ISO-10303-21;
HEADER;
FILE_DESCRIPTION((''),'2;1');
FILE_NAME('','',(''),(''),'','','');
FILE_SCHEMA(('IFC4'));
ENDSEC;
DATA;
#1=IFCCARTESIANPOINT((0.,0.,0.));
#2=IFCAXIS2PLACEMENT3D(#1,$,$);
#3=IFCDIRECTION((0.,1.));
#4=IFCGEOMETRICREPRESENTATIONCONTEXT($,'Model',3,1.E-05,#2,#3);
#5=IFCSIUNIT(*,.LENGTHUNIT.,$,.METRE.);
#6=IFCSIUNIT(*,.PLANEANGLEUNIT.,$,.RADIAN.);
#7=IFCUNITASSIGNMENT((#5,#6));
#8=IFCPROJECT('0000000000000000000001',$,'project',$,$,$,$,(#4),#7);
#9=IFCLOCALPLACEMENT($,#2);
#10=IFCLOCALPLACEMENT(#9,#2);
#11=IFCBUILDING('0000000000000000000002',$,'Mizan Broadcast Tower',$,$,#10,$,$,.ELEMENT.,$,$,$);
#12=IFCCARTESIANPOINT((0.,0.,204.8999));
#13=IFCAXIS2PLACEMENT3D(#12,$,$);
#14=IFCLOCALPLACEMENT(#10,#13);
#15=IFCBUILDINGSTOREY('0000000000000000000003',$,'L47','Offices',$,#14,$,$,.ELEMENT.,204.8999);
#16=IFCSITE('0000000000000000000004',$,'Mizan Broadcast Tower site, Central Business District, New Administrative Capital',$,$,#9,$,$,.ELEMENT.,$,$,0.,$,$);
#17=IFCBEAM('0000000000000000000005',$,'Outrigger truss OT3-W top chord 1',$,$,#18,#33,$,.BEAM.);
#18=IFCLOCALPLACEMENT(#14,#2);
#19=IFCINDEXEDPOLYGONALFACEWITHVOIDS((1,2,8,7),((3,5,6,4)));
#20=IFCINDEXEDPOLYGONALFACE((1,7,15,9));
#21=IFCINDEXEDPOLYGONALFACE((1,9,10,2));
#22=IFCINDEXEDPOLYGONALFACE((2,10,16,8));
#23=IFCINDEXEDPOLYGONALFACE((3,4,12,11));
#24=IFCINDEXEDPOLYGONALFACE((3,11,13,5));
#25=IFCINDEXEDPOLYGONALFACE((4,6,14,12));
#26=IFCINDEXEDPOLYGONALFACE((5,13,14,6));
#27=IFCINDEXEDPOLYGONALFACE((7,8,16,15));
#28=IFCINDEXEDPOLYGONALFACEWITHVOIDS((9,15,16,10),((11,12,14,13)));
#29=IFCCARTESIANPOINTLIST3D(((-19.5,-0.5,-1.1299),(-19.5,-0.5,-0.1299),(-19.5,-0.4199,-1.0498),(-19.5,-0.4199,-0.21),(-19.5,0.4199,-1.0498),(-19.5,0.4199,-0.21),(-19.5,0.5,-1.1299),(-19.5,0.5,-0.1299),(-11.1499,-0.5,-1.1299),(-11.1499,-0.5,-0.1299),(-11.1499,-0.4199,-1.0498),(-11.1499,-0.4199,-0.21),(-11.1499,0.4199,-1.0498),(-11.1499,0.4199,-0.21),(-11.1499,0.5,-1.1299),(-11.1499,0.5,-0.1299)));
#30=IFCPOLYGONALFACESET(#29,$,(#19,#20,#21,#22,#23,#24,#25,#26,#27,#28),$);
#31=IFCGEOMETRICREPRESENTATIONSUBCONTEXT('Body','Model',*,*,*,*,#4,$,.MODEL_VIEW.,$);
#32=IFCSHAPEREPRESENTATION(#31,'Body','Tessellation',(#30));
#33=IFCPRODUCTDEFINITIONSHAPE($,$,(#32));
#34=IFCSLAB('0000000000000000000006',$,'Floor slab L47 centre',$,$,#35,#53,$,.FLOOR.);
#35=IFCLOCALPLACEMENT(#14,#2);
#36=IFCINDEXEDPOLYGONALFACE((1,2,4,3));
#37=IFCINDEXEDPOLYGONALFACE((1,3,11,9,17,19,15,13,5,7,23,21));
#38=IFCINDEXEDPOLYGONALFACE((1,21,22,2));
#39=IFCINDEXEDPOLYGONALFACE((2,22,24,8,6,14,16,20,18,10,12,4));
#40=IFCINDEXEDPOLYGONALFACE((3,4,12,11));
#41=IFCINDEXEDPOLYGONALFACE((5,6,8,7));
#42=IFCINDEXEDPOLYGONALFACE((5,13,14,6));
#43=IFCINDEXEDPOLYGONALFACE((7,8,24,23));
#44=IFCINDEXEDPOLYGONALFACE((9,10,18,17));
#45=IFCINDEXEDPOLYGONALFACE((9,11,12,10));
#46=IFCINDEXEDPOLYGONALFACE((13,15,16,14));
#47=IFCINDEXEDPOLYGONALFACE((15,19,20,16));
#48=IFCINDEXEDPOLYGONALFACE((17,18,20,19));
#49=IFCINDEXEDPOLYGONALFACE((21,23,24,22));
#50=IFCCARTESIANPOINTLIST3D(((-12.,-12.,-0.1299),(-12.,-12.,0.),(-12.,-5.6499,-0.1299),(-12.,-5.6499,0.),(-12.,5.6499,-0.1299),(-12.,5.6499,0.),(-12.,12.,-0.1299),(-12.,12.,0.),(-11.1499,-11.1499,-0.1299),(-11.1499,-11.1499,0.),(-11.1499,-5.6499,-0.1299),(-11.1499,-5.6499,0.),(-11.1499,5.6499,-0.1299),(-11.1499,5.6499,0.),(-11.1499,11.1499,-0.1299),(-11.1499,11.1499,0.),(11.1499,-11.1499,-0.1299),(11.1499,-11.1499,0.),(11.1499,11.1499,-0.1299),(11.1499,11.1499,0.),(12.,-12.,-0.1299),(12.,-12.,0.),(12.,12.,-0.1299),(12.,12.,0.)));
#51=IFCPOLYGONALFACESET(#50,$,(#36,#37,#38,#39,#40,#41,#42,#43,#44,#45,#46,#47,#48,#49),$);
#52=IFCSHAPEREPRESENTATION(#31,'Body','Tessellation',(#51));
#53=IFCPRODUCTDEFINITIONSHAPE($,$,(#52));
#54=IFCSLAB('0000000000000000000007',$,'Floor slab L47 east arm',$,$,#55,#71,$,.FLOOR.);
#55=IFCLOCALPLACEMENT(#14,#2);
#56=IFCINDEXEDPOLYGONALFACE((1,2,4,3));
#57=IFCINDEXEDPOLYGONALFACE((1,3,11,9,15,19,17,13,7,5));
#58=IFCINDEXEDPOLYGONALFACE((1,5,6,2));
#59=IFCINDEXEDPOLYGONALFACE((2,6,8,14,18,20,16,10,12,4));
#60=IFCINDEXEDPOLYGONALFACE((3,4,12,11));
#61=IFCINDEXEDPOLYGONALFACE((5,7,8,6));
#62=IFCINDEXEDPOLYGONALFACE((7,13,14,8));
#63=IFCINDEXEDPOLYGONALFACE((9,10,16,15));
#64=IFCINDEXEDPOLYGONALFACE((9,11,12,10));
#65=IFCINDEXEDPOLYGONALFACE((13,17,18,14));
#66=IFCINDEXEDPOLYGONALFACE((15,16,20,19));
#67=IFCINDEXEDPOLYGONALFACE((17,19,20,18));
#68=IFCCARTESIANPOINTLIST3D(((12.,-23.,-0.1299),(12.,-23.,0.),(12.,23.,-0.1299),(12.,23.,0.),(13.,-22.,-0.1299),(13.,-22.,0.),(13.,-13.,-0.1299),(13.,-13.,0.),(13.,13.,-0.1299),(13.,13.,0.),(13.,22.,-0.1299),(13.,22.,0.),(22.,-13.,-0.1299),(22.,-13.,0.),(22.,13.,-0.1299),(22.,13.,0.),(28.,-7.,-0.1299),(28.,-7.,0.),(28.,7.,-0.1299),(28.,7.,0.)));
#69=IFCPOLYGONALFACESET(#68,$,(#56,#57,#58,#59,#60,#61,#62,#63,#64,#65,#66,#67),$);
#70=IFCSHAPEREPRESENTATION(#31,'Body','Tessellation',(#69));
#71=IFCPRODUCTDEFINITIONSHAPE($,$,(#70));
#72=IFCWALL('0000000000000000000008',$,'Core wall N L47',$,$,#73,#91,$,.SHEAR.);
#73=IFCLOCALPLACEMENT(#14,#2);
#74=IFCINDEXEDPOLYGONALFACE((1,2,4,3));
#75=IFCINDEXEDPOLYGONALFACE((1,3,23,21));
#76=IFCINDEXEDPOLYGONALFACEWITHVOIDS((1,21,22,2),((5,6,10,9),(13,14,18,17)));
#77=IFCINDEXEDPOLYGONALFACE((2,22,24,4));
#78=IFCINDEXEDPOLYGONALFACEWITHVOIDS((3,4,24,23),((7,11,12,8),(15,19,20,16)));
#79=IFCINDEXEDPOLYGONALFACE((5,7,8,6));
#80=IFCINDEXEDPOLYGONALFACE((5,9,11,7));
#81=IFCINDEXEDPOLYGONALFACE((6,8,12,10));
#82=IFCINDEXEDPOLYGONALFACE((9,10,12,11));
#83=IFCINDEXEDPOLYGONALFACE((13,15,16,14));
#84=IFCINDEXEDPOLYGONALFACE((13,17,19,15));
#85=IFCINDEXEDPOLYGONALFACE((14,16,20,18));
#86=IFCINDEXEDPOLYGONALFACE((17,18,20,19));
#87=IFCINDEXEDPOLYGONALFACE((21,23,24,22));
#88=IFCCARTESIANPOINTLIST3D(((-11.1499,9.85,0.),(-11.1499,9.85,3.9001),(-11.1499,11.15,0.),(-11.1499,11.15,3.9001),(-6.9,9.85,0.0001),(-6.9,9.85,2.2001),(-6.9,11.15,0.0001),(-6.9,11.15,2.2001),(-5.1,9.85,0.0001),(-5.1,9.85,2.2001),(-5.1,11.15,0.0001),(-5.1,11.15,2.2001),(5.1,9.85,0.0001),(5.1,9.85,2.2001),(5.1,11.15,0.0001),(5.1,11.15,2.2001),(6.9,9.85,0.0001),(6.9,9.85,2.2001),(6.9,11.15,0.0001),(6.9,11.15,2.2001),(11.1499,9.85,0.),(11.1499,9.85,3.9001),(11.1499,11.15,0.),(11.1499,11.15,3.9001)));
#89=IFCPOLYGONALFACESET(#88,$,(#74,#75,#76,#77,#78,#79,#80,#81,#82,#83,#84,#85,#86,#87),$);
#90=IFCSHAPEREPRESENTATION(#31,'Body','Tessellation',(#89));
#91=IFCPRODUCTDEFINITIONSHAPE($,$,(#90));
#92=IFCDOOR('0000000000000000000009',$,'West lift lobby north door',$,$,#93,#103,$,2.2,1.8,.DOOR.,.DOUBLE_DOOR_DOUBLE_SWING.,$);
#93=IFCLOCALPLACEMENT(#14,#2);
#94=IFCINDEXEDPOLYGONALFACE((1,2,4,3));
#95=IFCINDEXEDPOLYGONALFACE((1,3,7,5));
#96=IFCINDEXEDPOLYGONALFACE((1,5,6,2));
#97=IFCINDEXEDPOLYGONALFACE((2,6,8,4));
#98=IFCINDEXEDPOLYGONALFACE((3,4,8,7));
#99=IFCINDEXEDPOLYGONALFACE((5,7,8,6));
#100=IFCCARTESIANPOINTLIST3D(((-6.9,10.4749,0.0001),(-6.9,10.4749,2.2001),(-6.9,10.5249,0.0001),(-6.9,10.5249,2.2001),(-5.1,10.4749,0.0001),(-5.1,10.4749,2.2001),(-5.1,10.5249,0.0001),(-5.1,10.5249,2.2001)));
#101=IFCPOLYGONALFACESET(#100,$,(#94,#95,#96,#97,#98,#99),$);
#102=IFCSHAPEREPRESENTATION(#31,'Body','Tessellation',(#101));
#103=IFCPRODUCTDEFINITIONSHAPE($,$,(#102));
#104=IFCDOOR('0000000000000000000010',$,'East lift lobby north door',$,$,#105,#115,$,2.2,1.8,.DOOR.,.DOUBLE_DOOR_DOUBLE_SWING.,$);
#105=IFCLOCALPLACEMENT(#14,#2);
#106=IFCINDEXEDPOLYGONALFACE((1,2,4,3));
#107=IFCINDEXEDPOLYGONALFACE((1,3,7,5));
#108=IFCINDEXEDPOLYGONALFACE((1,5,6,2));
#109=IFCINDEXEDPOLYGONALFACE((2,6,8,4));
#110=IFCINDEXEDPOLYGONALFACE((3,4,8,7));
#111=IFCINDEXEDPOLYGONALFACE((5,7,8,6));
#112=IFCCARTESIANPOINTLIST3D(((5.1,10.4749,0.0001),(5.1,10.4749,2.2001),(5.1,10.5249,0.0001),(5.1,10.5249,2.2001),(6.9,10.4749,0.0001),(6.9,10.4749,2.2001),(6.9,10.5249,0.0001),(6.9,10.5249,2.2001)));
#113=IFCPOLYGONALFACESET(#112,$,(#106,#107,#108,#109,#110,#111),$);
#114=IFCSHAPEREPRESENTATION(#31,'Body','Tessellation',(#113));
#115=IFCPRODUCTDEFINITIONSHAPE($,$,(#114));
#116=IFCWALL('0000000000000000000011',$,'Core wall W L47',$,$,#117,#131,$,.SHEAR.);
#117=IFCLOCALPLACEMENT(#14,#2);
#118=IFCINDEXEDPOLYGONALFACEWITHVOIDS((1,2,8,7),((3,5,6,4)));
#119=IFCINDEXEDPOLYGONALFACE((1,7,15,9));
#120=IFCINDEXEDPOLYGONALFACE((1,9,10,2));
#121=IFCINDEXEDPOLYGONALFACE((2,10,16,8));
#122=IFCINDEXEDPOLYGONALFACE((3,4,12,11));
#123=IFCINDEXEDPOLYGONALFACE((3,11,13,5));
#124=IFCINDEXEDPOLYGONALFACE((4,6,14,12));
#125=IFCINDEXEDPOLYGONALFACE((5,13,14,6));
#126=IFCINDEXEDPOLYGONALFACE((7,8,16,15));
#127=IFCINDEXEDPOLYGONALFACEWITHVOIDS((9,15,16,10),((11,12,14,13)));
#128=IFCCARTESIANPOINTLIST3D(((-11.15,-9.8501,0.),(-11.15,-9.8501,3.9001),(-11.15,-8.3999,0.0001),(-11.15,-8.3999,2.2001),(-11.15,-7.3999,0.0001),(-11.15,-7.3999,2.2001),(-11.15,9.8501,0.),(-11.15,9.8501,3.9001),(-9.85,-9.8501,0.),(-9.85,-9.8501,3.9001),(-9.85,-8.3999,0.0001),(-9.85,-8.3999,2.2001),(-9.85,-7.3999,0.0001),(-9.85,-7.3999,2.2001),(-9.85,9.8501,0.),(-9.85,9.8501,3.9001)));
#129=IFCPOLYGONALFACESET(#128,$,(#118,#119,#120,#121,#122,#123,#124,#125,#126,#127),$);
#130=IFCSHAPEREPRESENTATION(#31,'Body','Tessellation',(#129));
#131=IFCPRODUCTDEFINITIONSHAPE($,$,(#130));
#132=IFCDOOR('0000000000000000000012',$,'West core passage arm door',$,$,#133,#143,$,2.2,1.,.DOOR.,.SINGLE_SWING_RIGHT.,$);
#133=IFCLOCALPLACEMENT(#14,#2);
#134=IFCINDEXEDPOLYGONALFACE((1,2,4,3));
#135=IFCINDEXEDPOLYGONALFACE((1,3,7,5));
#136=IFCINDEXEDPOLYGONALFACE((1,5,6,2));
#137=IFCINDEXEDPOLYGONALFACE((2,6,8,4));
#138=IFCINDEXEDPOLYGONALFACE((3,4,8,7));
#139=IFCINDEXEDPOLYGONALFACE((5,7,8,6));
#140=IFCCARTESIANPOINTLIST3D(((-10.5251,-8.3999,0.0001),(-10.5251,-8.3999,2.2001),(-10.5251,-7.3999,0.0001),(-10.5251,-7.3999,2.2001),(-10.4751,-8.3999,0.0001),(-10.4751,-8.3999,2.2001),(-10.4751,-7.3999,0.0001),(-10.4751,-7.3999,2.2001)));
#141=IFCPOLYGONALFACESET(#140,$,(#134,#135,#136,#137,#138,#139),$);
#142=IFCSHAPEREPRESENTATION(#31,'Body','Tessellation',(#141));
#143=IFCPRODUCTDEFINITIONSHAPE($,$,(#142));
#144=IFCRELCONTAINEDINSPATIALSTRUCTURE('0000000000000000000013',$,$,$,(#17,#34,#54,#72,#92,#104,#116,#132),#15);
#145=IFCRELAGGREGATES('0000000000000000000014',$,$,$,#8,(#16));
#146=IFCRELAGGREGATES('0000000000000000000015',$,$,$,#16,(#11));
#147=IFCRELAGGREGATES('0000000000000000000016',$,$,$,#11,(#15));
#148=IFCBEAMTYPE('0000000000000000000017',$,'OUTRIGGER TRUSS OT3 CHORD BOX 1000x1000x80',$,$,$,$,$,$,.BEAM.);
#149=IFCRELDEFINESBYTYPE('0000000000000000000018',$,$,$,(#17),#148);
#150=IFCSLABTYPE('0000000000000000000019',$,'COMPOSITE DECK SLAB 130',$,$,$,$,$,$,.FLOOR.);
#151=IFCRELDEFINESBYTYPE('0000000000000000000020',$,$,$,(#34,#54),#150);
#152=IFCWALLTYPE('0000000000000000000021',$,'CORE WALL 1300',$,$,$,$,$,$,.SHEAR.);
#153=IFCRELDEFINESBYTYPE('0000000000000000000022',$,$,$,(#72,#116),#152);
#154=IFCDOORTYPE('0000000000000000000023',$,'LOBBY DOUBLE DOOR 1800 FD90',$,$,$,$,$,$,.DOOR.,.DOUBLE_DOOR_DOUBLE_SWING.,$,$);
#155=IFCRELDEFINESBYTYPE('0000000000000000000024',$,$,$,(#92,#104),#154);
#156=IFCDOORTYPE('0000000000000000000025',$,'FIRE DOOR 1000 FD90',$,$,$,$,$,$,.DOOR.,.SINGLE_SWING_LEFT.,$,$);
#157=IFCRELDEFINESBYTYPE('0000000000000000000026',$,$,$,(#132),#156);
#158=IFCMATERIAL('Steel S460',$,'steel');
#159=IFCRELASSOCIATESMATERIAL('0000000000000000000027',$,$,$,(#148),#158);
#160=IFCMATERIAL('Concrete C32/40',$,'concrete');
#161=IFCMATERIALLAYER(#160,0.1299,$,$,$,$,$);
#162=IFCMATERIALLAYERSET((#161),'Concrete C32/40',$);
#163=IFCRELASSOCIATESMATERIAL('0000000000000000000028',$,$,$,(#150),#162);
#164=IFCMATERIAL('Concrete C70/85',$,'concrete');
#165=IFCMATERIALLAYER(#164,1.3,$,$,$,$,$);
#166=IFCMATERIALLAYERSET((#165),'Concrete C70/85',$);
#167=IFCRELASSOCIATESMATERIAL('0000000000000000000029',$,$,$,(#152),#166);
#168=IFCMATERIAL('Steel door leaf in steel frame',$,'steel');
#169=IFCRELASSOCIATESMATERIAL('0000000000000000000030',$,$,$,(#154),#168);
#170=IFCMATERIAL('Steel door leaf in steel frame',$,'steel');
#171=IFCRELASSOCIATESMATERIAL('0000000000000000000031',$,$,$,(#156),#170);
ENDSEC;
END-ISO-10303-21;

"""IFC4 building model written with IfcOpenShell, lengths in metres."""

from ifc_helpers import new_model, si_unit, direction, frame, frame_2d, origin, origin_2d, place, context, subcontext, project, spatial, polyline, rectangle, hollow_rectangle, outline, extrude, material, layer, layer_set, material_profile, profile_set, type_object, element, fill, save


model = new_model("IFC4")

# Units and contexts
model_context = context("Model", 3, precision=1e-05, world=origin(), true_north=direction((0.0, 1.0)))
body_context = subcontext(model_context, "Body", "Model", "MODEL_VIEW")
ifc_project = project(units=[si_unit("LENGTHUNIT", "METRE"), si_unit("PLANEANGLEUNIT", "RADIAN")], contexts=[model_context])

# Site, building, storey
site_placement = place(None, origin())
site = spatial("IfcSite", under=ifc_project, at=site_placement, Name="Mizan Broadcast Tower site, Central Business District, New Administrative Capital", CompositionType="ELEMENT", RefElevation=0.0)
building_placement = place(site_placement, origin())
building = spatial("IfcBuilding", under=site, at=building_placement, Name="Mizan Broadcast Tower", CompositionType="ELEMENT")
storey_placement = place(building_placement, frame((0.0, 0.0, 204.8999)))
storey = spatial("IfcBuildingStorey", under=building, at=storey_placement, Name="L47", Description="Offices", CompositionType="ELEMENT", Elevation=204.8999)

# Beam
ifc_material_1 = material(Name="Steel S460", Category="steel")
ifc_material_profile = material_profile(ifc_material_1, hollow_rectangle(XDim=1.0, YDim=1.0, WallThickness=0.0801, at=origin_2d()), Name="BOX 1000x1000x80")
ifc_profile_set = profile_set([ifc_material_profile], Name="Steel S460")
beam_type = type_object("IfcBeamType", Name="OUTRIGGER TRUSS OT3 CHORD BOX 1000x1000x80", PredefinedType="BEAM", material=ifc_profile_set)
beam_placement = place(storey_placement, frame((-11.1499, 0.0, -0.6299), z_axis=(-1.0, 0.0, 0.0), x_axis=(0.0, -1.0, 0.0)))
element("IfcBeam", 1, at=beam_placement, inside=storey, type_object=beam_type, Name="Outrigger truss OT3-W top chord 1", PredefinedType="BEAM", context=body_context, shape_type="SweptSolid", body=[
    extrude(hollow_rectangle(XDim=1.0, YDim=1.0, WallThickness=0.0801, at=origin_2d()), origin(), (0.0, 0.0, 1.0), 8.3501),
])

# Slabs
ifc_material_2 = material(Name="Concrete C32/40", Category="concrete")
ifc_layer_1 = layer(ifc_material_2, 0.1299)
ifc_layer_set_1 = layer_set([ifc_layer_1], Name="Concrete C32/40")
slab_type = type_object("IfcSlabType", Name="COMPOSITE DECK SLAB 130", PredefinedType="FLOOR", material=ifc_layer_set_1)
slab_1_placement = place(storey_placement, frame((0.0, 0.0, -0.1299)))
element("IfcSlab", 2, at=slab_1_placement, inside=storey, type_object=slab_type, Name="Floor slab L47 centre", PredefinedType="FLOOR", context=body_context, shape_type="SweptSolid", body=[
    extrude(outline(polyline([(-11.1499, -5.6499), (-12.0, -5.6499), (-12.0, -12.0), (12.0, -12.0), (12.0, 12.0), (-12.0, 12.0), (-12.0, 5.6499), (-11.1499, 5.6499), (-11.1499, 11.1499), (11.1499, 11.1499), (11.1499, -11.1499), (-11.1499, -11.1499), (-11.1499, -5.6499)])), origin(), (0.0, 0.0, 1.0), 0.1299),
])
slab_2_placement = place(storey_placement, frame((0.0, 0.0, -0.1299)))
element("IfcSlab", 3, at=slab_2_placement, inside=storey, type_object=slab_type, Name="Floor slab L47 east arm", PredefinedType="FLOOR", context=body_context, shape_type="SweptSolid", body=[
    extrude(outline(polyline([(13.0, 22.0), (12.0, 23.0), (12.0, -23.0), (13.0, -22.0), (13.0, -13.0), (22.0, -13.0), (28.0, -7.0), (28.0, 7.0), (22.0, 13.0), (13.0, 13.0), (13.0, 22.0)])), origin(), (0.0, 0.0, 1.0), 0.1299),
])

# Wall, openings, doors
ifc_material_3 = material(Name="Concrete C70/85", Category="concrete")
ifc_layer_2 = layer(ifc_material_3, 1.3)
ifc_layer_set_2 = layer_set([ifc_layer_2], Name="Concrete C70/85")
wall_type_1 = type_object("IfcWallType", Name="CORE WALL 1300", PredefinedType="SHEAR", material=ifc_layer_set_2)
wall_1_placement = place(storey_placement, frame((-11.1499, 10.5, 0.0), z_axis=(0.0, 0.0, 1.0), x_axis=(1.0, 0.0, 0.0)))
wall_1 = element("IfcWall", 4, at=wall_1_placement, inside=storey, type_object=wall_type_1, Name="Core wall N L47", PredefinedType="SHEAR", context=body_context, shape_type="SweptSolid", body=[
    extrude(rectangle(XDim=22.2998, YDim=1.3, at=frame_2d((11.1499, 0.0))), origin(), (0.0, 0.0, 1.0), 3.9001),
])
opening_1_placement = place(wall_1_placement, frame((4.25, 0.0, 0.0)))
opening_1 = element("IfcOpeningElement", 5, at=opening_1_placement, cuts=wall_1, PredefinedType="OPENING", context=body_context, shape_type="SweptSolid", body=[
    extrude(rectangle(XDim=1.8, YDim=2.2, at=frame_2d((0.8999, 1.1001))), frame((0.0, 0.6599, 0.0), z_axis=(0.0, -1.0, 0.0), x_axis=(1.0, 0.0, 0.0)), (0.0, 0.0, 1.0), 1.3201),
])
opening_2_placement = place(wall_1_placement, frame((16.25, 0.0, 0.0)))
opening_2 = element("IfcOpeningElement", 6, at=opening_2_placement, cuts=wall_1, PredefinedType="OPENING", context=body_context, shape_type="SweptSolid", body=[
    extrude(rectangle(XDim=1.8, YDim=2.2, at=frame_2d((0.8999, 1.1001))), frame((0.0, 0.6599, 0.0), z_axis=(0.0, -1.0, 0.0), x_axis=(1.0, 0.0, 0.0)), (0.0, 0.0, 1.0), 1.3201),
])
ifc_material_4 = material(Name="Steel door leaf in steel frame", Category="steel")
door_type_1 = type_object("IfcDoorType", Name="LOBBY DOUBLE DOOR 1800 FD90", OperationType="DOUBLE_DOOR_DOUBLE_SWING", PredefinedType="DOOR", material=ifc_material_4)
door_1_placement = place(opening_1_placement, origin())
door_1 = element("IfcDoor", 7, at=door_1_placement, inside=storey, type_object=door_type_1, Name="West lift lobby north door", OperationType="DOUBLE_DOOR_DOUBLE_SWING", OverallHeight=2.2, OverallWidth=1.8, PredefinedType="DOOR", context=body_context, shape_type="SweptSolid", body=[
    extrude(rectangle(XDim=1.8, YDim=2.2, at=frame_2d((0.8999, 1.1001))), frame((0.0, 0.0249, 0.0), z_axis=(0.0, -1.0, 0.0), x_axis=(1.0, 0.0, 0.0)), (0.0, 0.0, 1.0), 0.05),
])
fill(opening_1, door_1)
door_2_placement = place(opening_2_placement, origin())
door_2 = element("IfcDoor", 8, at=door_2_placement, inside=storey, type_object=door_type_1, Name="East lift lobby north door", OperationType="DOUBLE_DOOR_DOUBLE_SWING", OverallHeight=2.2, OverallWidth=1.8, PredefinedType="DOOR", context=body_context, shape_type="SweptSolid", body=[
    extrude(rectangle(XDim=1.8, YDim=2.2, at=frame_2d((0.8999, 1.1001))), frame((0.0, 0.0249, 0.0), z_axis=(0.0, -1.0, 0.0), x_axis=(1.0, 0.0, 0.0)), (0.0, 0.0, 1.0), 0.05),
])
fill(opening_2, door_2)

# Wall, opening, door
wall_2_placement = place(storey_placement, frame((-10.5, 9.8501, 0.0), z_axis=(0.0, 0.0, 1.0), x_axis=(0.0, -1.0, 0.0)))
wall_2 = element("IfcWall", 9, at=wall_2_placement, inside=storey, type_object=wall_type_1, Name="Core wall W L47", PredefinedType="SHEAR", context=body_context, shape_type="SweptSolid", body=[
    extrude(rectangle(XDim=19.7002, YDim=1.3, at=frame_2d((9.8501, 0.0))), origin(), (0.0, 0.0, 1.0), 3.9001),
])
opening_3_placement = place(wall_2_placement, frame((17.25, 0.0, 0.0)))
opening_3 = element("IfcOpeningElement", 10, at=opening_3_placement, cuts=wall_2, PredefinedType="OPENING", context=body_context, shape_type="SweptSolid", body=[
    extrude(rectangle(XDim=1.0, YDim=2.2, at=frame_2d((0.5, 1.1001))), frame((0.0, 0.6599, 0.0), z_axis=(0.0, -1.0, 0.0), x_axis=(1.0, 0.0, 0.0)), (0.0, 0.0, 1.0), 1.3201),
])
ifc_material_5 = material(Name="Steel door leaf in steel frame", Category="steel")
door_type_2 = type_object("IfcDoorType", Name="FIRE DOOR 1000 FD90", OperationType="SINGLE_SWING_LEFT", PredefinedType="DOOR", material=ifc_material_5)
door_3_placement = place(opening_3_placement, origin())
door_3 = element("IfcDoor", 11, at=door_3_placement, inside=storey, type_object=door_type_2, Name="West core passage arm door", OperationType="SINGLE_SWING_RIGHT", OverallHeight=2.2, OverallWidth=1.0, PredefinedType="DOOR", context=body_context, shape_type="SweptSolid", body=[
    extrude(rectangle(XDim=1.0, YDim=2.2, at=frame_2d((0.5, 1.1001))), frame((0.0, 0.0249, 0.0), z_axis=(0.0, -1.0, 0.0), x_axis=(1.0, 0.0, 0.0)), (0.0, 0.0, 1.0), 0.05),
])
fill(opening_3, door_3)

save(model, "model.ifc")
